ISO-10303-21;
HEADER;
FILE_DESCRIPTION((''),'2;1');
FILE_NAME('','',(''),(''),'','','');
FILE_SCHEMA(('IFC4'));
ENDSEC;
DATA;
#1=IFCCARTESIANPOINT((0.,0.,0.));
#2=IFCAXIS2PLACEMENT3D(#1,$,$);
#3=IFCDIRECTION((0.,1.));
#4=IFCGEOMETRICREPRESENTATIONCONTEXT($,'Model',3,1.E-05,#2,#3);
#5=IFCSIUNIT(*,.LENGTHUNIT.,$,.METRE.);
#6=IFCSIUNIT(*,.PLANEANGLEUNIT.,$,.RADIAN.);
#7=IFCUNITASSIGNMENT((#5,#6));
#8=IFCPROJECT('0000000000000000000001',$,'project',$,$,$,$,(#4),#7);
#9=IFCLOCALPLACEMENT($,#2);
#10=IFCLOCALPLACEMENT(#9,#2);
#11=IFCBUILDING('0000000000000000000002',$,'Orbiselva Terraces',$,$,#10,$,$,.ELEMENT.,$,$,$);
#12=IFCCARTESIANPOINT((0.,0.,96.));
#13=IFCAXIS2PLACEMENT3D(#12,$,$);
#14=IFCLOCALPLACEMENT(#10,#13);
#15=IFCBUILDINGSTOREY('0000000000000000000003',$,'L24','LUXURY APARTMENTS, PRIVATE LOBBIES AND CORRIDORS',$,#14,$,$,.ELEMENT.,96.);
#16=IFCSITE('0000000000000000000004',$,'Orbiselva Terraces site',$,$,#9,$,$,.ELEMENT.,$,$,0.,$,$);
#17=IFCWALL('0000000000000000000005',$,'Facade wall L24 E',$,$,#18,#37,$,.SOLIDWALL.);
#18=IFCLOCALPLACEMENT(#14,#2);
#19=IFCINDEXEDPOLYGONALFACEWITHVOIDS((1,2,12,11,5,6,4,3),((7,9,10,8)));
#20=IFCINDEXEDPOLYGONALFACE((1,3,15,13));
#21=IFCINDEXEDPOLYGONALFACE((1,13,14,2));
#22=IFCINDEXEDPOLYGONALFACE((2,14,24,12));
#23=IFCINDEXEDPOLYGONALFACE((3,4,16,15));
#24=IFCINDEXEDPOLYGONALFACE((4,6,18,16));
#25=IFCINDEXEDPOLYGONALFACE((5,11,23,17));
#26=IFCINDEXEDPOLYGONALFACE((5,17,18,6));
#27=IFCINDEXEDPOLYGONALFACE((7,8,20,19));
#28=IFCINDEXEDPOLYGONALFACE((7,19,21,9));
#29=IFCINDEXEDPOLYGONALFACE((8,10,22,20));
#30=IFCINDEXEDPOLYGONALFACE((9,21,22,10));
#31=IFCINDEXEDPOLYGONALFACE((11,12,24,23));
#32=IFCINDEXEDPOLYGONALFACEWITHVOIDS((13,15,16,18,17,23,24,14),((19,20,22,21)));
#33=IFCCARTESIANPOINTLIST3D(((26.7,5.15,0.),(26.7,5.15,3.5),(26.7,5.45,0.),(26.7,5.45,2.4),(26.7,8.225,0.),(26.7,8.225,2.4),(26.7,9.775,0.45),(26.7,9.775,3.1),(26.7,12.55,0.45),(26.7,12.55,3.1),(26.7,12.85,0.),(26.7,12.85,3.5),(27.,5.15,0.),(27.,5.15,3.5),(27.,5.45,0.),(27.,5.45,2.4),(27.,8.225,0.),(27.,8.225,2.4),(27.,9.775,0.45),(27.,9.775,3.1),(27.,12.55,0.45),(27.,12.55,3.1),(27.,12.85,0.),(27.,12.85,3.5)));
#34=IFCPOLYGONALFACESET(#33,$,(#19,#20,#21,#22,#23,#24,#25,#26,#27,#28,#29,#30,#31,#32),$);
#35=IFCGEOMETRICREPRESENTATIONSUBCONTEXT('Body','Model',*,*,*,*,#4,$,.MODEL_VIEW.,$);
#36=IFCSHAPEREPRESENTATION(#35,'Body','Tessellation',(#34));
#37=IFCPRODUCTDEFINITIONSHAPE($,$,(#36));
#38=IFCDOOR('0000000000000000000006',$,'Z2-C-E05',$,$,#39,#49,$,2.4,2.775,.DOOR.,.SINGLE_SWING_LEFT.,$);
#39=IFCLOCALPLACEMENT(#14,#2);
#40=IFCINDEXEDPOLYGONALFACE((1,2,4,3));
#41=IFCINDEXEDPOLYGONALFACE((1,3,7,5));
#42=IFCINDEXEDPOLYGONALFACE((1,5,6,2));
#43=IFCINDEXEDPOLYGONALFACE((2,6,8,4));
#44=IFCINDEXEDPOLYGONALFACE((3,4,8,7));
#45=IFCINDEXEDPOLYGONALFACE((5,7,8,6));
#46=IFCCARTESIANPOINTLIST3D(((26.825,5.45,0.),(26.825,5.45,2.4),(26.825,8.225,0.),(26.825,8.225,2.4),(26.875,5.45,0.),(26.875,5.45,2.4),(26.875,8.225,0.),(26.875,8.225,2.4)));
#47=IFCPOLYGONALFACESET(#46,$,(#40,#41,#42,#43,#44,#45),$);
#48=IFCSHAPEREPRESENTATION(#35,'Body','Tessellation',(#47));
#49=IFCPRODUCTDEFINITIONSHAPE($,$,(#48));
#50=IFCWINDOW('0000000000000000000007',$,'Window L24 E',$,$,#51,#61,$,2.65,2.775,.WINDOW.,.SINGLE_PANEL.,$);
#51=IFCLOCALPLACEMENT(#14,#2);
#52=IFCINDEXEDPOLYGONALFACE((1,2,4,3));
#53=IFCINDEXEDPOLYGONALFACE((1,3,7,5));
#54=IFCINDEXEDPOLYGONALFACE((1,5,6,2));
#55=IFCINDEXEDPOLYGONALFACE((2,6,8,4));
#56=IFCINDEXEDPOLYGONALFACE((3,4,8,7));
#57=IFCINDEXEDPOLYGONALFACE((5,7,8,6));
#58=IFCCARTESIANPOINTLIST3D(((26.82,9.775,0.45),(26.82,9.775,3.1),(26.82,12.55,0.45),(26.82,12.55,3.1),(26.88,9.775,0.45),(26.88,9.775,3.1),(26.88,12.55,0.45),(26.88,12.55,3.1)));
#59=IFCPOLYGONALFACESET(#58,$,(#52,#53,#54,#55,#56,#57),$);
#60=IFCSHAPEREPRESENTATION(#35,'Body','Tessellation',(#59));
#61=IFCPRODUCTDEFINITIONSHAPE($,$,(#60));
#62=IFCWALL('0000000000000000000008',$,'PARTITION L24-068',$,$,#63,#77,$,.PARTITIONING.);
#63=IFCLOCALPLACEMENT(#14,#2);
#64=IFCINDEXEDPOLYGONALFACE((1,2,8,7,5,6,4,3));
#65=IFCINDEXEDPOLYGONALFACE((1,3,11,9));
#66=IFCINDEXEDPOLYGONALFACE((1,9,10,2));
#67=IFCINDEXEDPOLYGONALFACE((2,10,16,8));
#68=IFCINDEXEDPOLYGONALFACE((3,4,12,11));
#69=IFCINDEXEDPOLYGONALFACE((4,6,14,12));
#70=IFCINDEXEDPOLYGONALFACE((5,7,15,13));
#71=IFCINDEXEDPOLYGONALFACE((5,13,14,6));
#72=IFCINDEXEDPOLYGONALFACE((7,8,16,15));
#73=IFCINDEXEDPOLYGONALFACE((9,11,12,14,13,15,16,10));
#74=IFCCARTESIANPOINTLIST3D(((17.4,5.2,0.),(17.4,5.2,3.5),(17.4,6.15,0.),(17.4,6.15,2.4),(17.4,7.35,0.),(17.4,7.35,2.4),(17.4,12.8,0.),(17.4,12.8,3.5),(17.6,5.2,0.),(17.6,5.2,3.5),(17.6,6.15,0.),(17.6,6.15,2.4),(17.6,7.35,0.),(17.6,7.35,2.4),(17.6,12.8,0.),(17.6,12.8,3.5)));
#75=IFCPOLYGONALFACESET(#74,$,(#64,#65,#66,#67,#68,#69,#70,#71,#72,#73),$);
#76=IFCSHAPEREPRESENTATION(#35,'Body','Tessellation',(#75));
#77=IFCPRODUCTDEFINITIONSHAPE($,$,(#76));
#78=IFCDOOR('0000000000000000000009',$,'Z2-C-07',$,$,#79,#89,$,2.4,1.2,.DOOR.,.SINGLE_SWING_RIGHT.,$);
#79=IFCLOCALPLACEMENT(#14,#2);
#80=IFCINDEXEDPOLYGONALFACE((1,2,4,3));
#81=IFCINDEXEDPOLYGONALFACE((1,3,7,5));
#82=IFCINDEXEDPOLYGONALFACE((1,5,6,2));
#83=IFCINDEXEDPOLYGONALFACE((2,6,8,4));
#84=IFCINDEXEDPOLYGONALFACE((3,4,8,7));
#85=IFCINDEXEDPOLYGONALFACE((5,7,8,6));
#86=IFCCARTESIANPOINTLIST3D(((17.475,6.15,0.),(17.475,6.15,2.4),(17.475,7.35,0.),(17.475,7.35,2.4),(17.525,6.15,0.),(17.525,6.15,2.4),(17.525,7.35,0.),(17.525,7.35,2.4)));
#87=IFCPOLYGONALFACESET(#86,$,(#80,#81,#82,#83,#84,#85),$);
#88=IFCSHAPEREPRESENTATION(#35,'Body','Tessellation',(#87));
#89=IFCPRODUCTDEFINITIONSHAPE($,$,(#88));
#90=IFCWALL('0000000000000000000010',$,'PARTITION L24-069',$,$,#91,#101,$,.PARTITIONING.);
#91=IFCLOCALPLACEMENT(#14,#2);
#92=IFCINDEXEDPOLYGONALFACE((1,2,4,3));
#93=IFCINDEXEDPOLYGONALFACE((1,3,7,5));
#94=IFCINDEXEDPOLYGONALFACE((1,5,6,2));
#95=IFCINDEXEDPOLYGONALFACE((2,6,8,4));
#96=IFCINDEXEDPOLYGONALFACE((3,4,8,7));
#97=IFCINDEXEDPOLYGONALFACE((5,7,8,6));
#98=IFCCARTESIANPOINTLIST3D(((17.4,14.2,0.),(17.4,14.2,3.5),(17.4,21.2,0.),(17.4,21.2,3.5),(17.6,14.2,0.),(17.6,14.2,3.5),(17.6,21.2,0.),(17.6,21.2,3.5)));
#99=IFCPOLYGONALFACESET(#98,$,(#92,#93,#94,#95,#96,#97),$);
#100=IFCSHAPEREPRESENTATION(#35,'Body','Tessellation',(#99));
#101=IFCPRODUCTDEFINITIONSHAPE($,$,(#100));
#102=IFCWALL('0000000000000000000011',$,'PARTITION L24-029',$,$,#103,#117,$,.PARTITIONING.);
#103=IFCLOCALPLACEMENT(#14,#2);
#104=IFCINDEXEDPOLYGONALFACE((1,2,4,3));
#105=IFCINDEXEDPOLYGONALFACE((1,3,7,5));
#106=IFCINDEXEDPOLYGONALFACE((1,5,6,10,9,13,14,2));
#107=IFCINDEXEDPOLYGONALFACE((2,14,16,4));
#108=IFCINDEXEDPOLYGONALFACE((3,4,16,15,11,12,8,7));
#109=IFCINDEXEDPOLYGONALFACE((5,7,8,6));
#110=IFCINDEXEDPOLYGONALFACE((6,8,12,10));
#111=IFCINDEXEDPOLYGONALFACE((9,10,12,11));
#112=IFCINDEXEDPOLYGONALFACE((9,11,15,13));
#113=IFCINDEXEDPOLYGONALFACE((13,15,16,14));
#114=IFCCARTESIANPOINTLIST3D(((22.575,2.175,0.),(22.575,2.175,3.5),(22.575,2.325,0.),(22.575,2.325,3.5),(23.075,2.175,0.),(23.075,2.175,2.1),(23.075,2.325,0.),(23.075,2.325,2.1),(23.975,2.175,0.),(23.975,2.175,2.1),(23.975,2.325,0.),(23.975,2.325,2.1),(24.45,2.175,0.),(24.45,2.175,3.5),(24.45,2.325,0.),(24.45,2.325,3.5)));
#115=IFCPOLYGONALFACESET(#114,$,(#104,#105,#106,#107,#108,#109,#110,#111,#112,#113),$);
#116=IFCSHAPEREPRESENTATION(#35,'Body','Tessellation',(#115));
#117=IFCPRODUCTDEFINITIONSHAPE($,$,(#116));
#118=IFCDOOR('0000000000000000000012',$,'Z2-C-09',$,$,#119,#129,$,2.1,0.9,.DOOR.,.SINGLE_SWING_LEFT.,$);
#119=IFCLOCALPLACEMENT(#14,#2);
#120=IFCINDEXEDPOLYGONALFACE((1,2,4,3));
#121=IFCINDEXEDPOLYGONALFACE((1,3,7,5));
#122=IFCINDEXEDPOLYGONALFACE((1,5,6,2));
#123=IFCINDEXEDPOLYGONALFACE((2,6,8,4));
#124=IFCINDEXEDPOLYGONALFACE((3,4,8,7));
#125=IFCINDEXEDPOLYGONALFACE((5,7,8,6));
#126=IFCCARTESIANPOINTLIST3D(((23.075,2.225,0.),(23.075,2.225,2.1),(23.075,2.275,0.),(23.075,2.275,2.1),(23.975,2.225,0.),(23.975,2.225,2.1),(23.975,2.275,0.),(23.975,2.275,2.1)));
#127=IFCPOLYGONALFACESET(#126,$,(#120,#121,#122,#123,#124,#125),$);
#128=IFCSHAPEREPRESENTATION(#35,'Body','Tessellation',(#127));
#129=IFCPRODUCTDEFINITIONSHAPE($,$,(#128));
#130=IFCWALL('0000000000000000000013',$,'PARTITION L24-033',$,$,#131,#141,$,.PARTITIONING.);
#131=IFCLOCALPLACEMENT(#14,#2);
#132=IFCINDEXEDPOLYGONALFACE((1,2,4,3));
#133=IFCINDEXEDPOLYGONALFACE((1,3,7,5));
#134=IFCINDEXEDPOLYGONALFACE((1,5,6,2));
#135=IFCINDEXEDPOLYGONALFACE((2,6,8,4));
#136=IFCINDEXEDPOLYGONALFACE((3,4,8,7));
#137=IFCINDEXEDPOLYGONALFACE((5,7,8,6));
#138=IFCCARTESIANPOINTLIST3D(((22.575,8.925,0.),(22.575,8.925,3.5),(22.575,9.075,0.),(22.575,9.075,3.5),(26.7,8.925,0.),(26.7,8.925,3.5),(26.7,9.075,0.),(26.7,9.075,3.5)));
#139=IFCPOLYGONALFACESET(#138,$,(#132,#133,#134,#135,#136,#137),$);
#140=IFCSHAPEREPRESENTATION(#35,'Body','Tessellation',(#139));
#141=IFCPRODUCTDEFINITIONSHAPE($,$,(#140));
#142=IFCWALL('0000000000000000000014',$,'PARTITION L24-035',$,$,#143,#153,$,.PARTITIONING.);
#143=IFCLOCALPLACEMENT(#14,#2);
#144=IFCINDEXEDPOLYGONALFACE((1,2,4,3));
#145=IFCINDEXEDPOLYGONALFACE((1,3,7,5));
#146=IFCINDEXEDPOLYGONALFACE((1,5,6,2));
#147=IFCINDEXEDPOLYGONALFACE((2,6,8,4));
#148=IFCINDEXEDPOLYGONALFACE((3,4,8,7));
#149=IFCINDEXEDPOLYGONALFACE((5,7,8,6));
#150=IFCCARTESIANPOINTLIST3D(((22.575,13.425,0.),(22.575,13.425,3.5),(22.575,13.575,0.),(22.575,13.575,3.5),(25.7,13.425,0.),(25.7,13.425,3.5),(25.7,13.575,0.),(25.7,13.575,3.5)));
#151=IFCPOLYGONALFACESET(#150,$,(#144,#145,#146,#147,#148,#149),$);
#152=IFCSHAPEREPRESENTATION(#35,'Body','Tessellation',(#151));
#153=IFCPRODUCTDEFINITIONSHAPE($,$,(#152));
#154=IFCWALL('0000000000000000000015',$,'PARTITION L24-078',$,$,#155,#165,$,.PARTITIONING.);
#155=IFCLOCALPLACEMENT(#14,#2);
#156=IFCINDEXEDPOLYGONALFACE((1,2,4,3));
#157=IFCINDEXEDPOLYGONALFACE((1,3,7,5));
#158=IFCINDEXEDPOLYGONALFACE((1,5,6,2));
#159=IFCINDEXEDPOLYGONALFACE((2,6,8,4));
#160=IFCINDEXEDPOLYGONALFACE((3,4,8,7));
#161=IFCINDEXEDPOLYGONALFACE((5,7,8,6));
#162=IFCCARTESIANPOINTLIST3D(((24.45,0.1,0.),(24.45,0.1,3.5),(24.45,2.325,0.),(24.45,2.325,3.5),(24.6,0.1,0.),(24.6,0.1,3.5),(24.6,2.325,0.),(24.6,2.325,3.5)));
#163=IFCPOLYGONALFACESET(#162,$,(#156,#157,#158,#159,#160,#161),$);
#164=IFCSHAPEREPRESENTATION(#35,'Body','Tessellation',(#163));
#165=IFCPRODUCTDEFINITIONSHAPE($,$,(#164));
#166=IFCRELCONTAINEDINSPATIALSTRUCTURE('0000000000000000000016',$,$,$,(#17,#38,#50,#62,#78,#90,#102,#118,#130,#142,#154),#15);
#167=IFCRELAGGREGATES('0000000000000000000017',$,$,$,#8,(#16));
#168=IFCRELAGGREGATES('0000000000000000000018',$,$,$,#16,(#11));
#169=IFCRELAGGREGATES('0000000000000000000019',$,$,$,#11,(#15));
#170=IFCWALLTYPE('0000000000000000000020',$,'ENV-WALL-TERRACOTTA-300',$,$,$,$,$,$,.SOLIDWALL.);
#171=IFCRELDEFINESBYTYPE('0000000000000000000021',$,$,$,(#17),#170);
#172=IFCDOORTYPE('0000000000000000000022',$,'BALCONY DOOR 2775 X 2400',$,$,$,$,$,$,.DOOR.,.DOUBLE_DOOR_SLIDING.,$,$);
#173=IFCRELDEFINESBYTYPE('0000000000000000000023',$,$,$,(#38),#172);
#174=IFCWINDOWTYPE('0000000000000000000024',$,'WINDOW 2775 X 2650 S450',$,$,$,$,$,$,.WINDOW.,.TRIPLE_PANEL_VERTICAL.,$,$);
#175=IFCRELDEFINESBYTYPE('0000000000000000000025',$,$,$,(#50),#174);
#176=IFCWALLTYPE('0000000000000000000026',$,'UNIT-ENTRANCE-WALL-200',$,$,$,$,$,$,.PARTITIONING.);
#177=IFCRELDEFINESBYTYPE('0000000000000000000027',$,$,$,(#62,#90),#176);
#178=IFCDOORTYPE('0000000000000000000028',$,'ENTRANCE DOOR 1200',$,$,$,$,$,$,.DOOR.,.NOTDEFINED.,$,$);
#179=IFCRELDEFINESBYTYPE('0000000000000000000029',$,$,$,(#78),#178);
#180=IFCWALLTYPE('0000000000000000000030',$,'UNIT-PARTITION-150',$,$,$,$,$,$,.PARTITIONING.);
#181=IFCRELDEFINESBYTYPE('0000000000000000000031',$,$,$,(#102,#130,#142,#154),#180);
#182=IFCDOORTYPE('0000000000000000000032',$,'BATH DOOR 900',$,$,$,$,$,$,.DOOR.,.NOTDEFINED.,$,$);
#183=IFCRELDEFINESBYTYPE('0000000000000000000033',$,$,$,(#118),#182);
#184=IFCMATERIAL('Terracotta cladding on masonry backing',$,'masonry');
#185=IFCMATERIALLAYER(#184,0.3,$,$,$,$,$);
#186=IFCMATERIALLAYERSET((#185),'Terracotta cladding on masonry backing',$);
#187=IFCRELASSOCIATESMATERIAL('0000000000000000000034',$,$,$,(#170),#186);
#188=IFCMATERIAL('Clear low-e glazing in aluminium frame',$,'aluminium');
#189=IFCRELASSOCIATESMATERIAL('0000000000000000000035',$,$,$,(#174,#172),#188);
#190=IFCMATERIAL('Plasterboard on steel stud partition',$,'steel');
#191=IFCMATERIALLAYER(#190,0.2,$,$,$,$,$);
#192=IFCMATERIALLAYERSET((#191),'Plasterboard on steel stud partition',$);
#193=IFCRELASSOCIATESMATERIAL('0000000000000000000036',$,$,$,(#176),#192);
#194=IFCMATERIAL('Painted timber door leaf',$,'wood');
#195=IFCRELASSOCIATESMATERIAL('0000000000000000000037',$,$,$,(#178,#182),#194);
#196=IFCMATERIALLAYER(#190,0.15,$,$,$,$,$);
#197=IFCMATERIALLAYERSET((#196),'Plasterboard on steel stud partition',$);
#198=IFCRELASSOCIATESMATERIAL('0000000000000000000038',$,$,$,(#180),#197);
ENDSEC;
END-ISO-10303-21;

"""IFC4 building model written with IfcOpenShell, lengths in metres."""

from ifc_helpers import new_model, si_unit, direction, frame, frame_2d, origin, place, context, subcontext, project, spatial, rectangle, extrude, material, layer, layer_set, type_object, element, fill, save


model = new_model("IFC4")

# Units and contexts
model_context = context("Model", 3, precision=1e-05, world=origin(), true_north=direction((0.0, 1.0)))
body_context = subcontext(model_context, "Body", "Model", "MODEL_VIEW")
ifc_project = project(units=[si_unit("LENGTHUNIT", "METRE"), si_unit("PLANEANGLEUNIT", "RADIAN")], contexts=[model_context])

# Site, building, storey
site_placement = place(None, origin())
site = spatial("IfcSite", under=ifc_project, at=site_placement, Name="Orbiselva Terraces site", CompositionType="ELEMENT", RefElevation=0.0)
building_placement = place(site_placement, origin())
building = spatial("IfcBuilding", under=site, at=building_placement, Name="Orbiselva Terraces", CompositionType="ELEMENT")
storey_placement = place(building_placement, frame((0.0, 0.0, 96.0)))
storey = spatial("IfcBuildingStorey", under=building, at=storey_placement, Name="L24", Description="LUXURY APARTMENTS, PRIVATE LOBBIES AND CORRIDORS", CompositionType="ELEMENT", Elevation=96.0)

# Shared definitions
ifc_material_1 = material(Name="Terracotta cladding on masonry backing", Category="masonry")
ifc_layer_1 = layer(ifc_material_1, 0.3)
ifc_layer_set_1 = layer_set([ifc_layer_1], Name="Terracotta cladding on masonry backing")
wall_type_1 = type_object("IfcWallType", Name="ENV-WALL-TERRACOTTA-300", PredefinedType="SOLIDWALL", material=ifc_layer_set_1)
ifc_material_2 = material(Name="Clear low-e glazing in aluminium frame", Category="aluminium")
window_type = type_object("IfcWindowType", Name="WINDOW 2775 X 2650 S450", PartitioningType="TRIPLE_PANEL_VERTICAL", PredefinedType="WINDOW", material=ifc_material_2)

# Wall, openings, door, window
wall_1_placement = place(storey_placement, frame((26.85, 12.85, 0.0), z_axis=(0.0, 0.0, 1.0), x_axis=(0.0, -1.0, 0.0)))
wall_1 = element("IfcWall", 1, at=wall_1_placement, inside=storey, type_object=wall_type_1, Name="Facade wall L24 E", PredefinedType="SOLIDWALL", context=body_context, shape_type="SweptSolid", body=[
    extrude(rectangle(XDim=7.7, YDim=0.3, at=frame_2d((3.85, 0.0))), origin(), (0.0, 0.0, 1.0), 3.5),
])
opening_1_placement = place(wall_1_placement, frame((4.625, 0.0, 0.0)))
opening_1 = element("IfcOpeningElement", 2, at=opening_1_placement, cuts=wall_1, PredefinedType="OPENING", context=body_context, shape_type="SweptSolid", body=[
    extrude(rectangle(XDim=2.775, YDim=2.4, at=frame_2d((1.3875, 1.2))), frame((0.0, 0.16, 0.0), z_axis=(0.0, -1.0, 0.0), x_axis=(1.0, 0.0, 0.0)), (0.0, 0.0, 1.0), 0.32),
])
opening_2_placement = place(wall_1_placement, frame((0.3, 0.0, 0.45)))
opening_2 = element("IfcOpeningElement", 3, at=opening_2_placement, cuts=wall_1, PredefinedType="OPENING", context=body_context, shape_type="SweptSolid", body=[
    extrude(rectangle(XDim=2.775, YDim=2.65, at=frame_2d((1.3875, 1.325))), frame((0.0, 0.16, 0.0), z_axis=(0.0, -1.0, 0.0), x_axis=(1.0, 0.0, 0.0)), (0.0, 0.0, 1.0), 0.32),
])
door_type_1 = type_object("IfcDoorType", Name="BALCONY DOOR 2775 X 2400", OperationType="DOUBLE_DOOR_SLIDING", PredefinedType="DOOR", material=ifc_material_2)
door_1_placement = place(opening_1_placement, origin())
door_1 = element("IfcDoor", 4, at=door_1_placement, inside=storey, type_object=door_type_1, Name="Z2-C-E05", OperationType="SINGLE_SWING_LEFT", OverallHeight=2.4, OverallWidth=2.775, PredefinedType="DOOR", context=body_context, shape_type="SweptSolid", body=[
    extrude(rectangle(XDim=2.775, YDim=2.4, at=frame_2d((1.3875, 1.2))), frame((0.0, 0.025, 0.0), z_axis=(0.0, -1.0, 0.0), x_axis=(1.0, 0.0, 0.0)), (0.0, 0.0, 1.0), 0.05),
])
fill(opening_1, door_1)
window_1_placement = place(opening_2_placement, origin())
window_1 = element("IfcWindow", 5, at=window_1_placement, inside=storey, type_object=window_type, Name="Window L24 E", OverallHeight=2.65, OverallWidth=2.775, PartitioningType="SINGLE_PANEL", PredefinedType="WINDOW", context=body_context, shape_type="SweptSolid", body=[
    extrude(rectangle(XDim=2.775, YDim=2.65, at=frame_2d((1.3875, 1.325))), frame((0.0, 0.03, 0.0), z_axis=(0.0, -1.0, 0.0), x_axis=(1.0, 0.0, 0.0)), (0.0, 0.0, 1.0), 0.06),
])
fill(opening_2, window_1)

# Wall, opening, door
ifc_material_3 = material(Name="Plasterboard on steel stud partition", Category="steel")
ifc_layer_2 = layer(ifc_material_3, 0.2)
ifc_layer_set_2 = layer_set([ifc_layer_2], Name="Plasterboard on steel stud partition")
wall_type_2 = type_object("IfcWallType", Name="UNIT-ENTRANCE-WALL-200", PredefinedType="PARTITIONING", material=ifc_layer_set_2)
wall_2_placement = place(storey_placement, frame((17.5, 12.8, 0.0), z_axis=(0.0, 0.0, 1.0), x_axis=(0.0, -1.0, 0.0)))
wall_2 = element("IfcWall", 6, at=wall_2_placement, inside=storey, type_object=wall_type_2, Name="PARTITION L24-068", PredefinedType="PARTITIONING", context=body_context, shape_type="SweptSolid", body=[
    extrude(rectangle(XDim=7.6, YDim=0.2, at=frame_2d((3.8, 0.0))), origin(), (0.0, 0.0, 1.0), 3.5),
])
opening_3_placement = place(wall_2_placement, frame((5.45, 0.0, 0.0)))
opening_3 = element("IfcOpeningElement", 7, at=opening_3_placement, cuts=wall_2, PredefinedType="OPENING", context=body_context, shape_type="SweptSolid", body=[
    extrude(rectangle(XDim=1.2, YDim=2.4, at=frame_2d((0.6, 1.2))), frame((0.0, 0.11, 0.0), z_axis=(0.0, -1.0, 0.0), x_axis=(1.0, 0.0, 0.0)), (0.0, 0.0, 1.0), 0.22),
])
ifc_material_4 = material(Name="Painted timber door leaf", Category="wood")
door_type_2 = type_object("IfcDoorType", Name="ENTRANCE DOOR 1200", OperationType="NOTDEFINED", PredefinedType="DOOR", material=ifc_material_4)
door_2_placement = place(opening_3_placement, origin())
door_2 = element("IfcDoor", 8, at=door_2_placement, inside=storey, type_object=door_type_2, Name="Z2-C-07", OperationType="SINGLE_SWING_RIGHT", OverallHeight=2.4, OverallWidth=1.2, PredefinedType="DOOR", context=body_context, shape_type="SweptSolid", body=[
    extrude(rectangle(XDim=1.2, YDim=2.4, at=frame_2d((0.6, 1.2))), frame((0.0, 0.025, 0.0), z_axis=(0.0, -1.0, 0.0), x_axis=(1.0, 0.0, 0.0)), (0.0, 0.0, 1.0), 0.05),
])
fill(opening_3, door_2)

# Wall
wall_3_placement = place(storey_placement, frame((17.5, 14.2, 0.0), z_axis=(0.0, 0.0, 1.0), x_axis=(0.0, 1.0, 0.0)))
element("IfcWall", 9, at=wall_3_placement, inside=storey, type_object=wall_type_2, Name="PARTITION L24-069", PredefinedType="PARTITIONING", context=body_context, shape_type="SweptSolid", body=[
    extrude(rectangle(XDim=7.0, YDim=0.2, at=frame_2d((3.5, 0.0))), origin(), (0.0, 0.0, 1.0), 3.5),
])

# Wall, opening, door
ifc_layer_3 = layer(ifc_material_3, 0.15)
ifc_layer_set_3 = layer_set([ifc_layer_3], Name="Plasterboard on steel stud partition")
wall_type_3 = type_object("IfcWallType", Name="UNIT-PARTITION-150", PredefinedType="PARTITIONING", material=ifc_layer_set_3)
wall_4_placement = place(storey_placement, frame((24.45, 2.25, 0.0), z_axis=(0.0, 0.0, 1.0), x_axis=(-1.0, 0.0, 0.0)))
wall_4 = element("IfcWall", 10, at=wall_4_placement, inside=storey, type_object=wall_type_3, Name="PARTITION L24-029", PredefinedType="PARTITIONING", context=body_context, shape_type="SweptSolid", body=[
    extrude(rectangle(XDim=1.875, YDim=0.15, at=frame_2d((0.9375, 0.0))), origin(), (0.0, 0.0, 1.0), 3.5),
])
opening_4_placement = place(wall_4_placement, frame((0.475, 0.0, 0.0)))
opening_4 = element("IfcOpeningElement", 11, at=opening_4_placement, cuts=wall_4, PredefinedType="OPENING", context=body_context, shape_type="SweptSolid", body=[
    extrude(rectangle(XDim=0.9, YDim=2.1, at=frame_2d((0.45, 1.05))), frame((0.0, 0.085, 0.0), z_axis=(0.0, -1.0, 0.0), x_axis=(1.0, 0.0, 0.0)), (0.0, 0.0, 1.0), 0.17),
])
door_type_3 = type_object("IfcDoorType", Name="BATH DOOR 900", OperationType="NOTDEFINED", PredefinedType="DOOR", material=ifc_material_4)
door_3_placement = place(opening_4_placement, origin())
door_3 = element("IfcDoor", 12, at=door_3_placement, inside=storey, type_object=door_type_3, Name="Z2-C-09", OperationType="SINGLE_SWING_LEFT", OverallHeight=2.1, OverallWidth=0.9, PredefinedType="DOOR", context=body_context, shape_type="SweptSolid", body=[
    extrude(rectangle(XDim=0.9, YDim=2.1, at=frame_2d((0.45, 1.05))), frame((0.0, 0.025, 0.0), z_axis=(0.0, -1.0, 0.0), x_axis=(1.0, 0.0, 0.0)), (0.0, 0.0, 1.0), 0.05),
])
fill(opening_4, door_3)

# Walls
wall_5_placement = place(storey_placement, frame((22.575, 9.0, 0.0), z_axis=(0.0, 0.0, 1.0), x_axis=(1.0, 0.0, 0.0)))
element("IfcWall", 13, at=wall_5_placement, inside=storey, type_object=wall_type_3, Name="PARTITION L24-033", PredefinedType="PARTITIONING", context=body_context, shape_type="SweptSolid", body=[
    extrude(rectangle(XDim=4.125, YDim=0.15, at=frame_2d((2.0625, 0.0))), origin(), (0.0, 0.0, 1.0), 3.5),
])
wall_6_placement = place(storey_placement, frame((22.575, 13.5, 0.0), z_axis=(0.0, 0.0, 1.0), x_axis=(1.0, 0.0, 0.0)))
element("IfcWall", 14, at=wall_6_placement, inside=storey, type_object=wall_type_3, Name="PARTITION L24-035", PredefinedType="PARTITIONING", context=body_context, shape_type="SweptSolid", body=[
    extrude(rectangle(XDim=3.125, YDim=0.15, at=frame_2d((1.5625, 0.0))), origin(), (0.0, 0.0, 1.0), 3.5),
])
wall_7_placement = place(storey_placement, frame((24.525, 0.1, 0.0), z_axis=(0.0, 0.0, 1.0), x_axis=(0.0, 1.0, 0.0)))
element("IfcWall", 15, at=wall_7_placement, inside=storey, type_object=wall_type_3, Name="PARTITION L24-078", PredefinedType="PARTITIONING", context=body_context, shape_type="SweptSolid", body=[
    extrude(rectangle(XDim=2.225, YDim=0.15, at=frame_2d((1.1125, 0.0))), origin(), (0.0, 0.0, 1.0), 3.5),
])

save(model, "model.ifc")
